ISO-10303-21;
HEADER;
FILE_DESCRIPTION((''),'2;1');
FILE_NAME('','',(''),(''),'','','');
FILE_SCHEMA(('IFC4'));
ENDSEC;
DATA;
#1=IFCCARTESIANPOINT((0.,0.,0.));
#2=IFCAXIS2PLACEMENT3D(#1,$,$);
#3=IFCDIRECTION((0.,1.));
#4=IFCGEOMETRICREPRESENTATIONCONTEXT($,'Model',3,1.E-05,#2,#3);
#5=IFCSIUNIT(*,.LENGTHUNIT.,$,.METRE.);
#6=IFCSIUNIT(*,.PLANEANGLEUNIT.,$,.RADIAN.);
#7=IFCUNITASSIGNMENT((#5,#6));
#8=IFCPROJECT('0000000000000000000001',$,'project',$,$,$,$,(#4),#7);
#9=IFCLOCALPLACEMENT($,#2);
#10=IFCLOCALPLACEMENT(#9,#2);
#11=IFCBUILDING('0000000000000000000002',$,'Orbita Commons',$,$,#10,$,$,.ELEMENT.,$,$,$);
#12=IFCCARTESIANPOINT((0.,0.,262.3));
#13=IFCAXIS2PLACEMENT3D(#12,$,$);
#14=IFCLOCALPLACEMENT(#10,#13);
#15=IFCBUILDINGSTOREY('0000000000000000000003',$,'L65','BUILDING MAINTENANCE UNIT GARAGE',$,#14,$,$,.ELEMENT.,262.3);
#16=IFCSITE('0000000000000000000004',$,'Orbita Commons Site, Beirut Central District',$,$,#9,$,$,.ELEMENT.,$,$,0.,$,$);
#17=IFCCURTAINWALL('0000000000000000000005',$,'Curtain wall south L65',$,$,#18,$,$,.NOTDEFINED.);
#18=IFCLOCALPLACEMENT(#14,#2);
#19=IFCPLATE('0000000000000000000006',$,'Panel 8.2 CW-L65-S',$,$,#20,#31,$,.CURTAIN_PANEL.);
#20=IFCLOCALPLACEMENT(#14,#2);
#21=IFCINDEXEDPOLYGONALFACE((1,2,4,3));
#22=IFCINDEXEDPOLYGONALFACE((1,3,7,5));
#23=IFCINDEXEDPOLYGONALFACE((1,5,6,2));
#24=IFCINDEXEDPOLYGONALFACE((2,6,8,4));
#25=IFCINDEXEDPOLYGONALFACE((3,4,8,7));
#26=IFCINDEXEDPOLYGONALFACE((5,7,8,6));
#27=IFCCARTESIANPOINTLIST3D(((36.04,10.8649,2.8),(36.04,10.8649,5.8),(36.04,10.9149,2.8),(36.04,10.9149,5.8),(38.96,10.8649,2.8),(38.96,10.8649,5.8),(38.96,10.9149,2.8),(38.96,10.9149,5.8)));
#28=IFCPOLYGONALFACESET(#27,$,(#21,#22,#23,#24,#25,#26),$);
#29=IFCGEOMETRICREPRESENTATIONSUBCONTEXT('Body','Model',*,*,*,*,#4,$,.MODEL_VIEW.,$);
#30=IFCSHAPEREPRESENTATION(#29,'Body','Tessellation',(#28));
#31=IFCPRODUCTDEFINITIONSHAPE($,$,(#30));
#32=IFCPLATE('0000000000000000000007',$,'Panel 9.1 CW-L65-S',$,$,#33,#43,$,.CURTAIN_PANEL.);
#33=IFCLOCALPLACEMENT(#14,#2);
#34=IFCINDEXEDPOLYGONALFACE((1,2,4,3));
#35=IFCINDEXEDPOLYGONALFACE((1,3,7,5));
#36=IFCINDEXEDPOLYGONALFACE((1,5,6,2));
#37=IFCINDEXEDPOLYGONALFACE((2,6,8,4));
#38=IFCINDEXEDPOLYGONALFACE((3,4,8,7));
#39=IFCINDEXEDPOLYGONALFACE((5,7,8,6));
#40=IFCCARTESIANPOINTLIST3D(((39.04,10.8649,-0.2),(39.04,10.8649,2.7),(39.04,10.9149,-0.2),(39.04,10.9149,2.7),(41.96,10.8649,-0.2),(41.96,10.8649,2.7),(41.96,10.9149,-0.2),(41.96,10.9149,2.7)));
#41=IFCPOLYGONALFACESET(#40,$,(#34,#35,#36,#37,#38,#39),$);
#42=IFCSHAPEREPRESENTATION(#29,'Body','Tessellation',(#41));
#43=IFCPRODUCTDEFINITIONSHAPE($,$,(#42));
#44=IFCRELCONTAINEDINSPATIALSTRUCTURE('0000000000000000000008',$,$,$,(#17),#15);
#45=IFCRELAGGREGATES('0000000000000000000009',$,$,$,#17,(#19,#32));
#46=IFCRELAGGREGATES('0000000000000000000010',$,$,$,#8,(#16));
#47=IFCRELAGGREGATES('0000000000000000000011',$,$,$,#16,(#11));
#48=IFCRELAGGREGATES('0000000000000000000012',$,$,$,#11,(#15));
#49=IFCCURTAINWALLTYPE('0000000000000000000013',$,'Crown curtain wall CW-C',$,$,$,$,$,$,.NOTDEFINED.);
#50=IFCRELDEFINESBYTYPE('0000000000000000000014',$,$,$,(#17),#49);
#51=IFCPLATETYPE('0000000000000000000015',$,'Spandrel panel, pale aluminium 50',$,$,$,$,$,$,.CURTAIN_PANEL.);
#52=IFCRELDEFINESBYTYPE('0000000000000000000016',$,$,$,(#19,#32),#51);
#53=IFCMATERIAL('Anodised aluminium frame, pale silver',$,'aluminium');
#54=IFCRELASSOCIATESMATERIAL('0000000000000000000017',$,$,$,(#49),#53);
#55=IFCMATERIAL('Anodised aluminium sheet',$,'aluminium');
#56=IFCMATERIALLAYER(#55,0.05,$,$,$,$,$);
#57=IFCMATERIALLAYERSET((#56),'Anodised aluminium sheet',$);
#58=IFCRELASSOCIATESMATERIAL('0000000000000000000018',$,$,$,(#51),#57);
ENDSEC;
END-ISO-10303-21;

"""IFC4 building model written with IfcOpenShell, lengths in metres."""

from ifc_helpers import new_model, si_unit, direction, frame, origin, origin_2d, place, context, subcontext, project, spatial, rectangle, extrude, material, layer, layer_set, type_object, element, aggregate, save


model = new_model("IFC4")

# Units and contexts
model_context = context("Model", 3, precision=1e-05, world=origin(), true_north=direction((0.0, 1.0)))
body_context = subcontext(model_context, "Body", "Model", "MODEL_VIEW")
ifc_project = project(units=[si_unit("LENGTHUNIT", "METRE"), si_unit("PLANEANGLEUNIT", "RADIAN")], contexts=[model_context])

# Site, building, storey
site_placement = place(None, origin())
site = spatial("IfcSite", under=ifc_project, at=site_placement, Name="Orbita Commons Site, Beirut Central District", CompositionType="ELEMENT", RefElevation=0.0)
building_placement = place(site_placement, origin())
building = spatial("IfcBuilding", under=site, at=building_placement, Name="Orbita Commons", CompositionType="ELEMENT")
storey_placement = place(building_placement, frame((0.0, 0.0, 262.3)))
storey = spatial("IfcBuildingStorey", under=building, at=storey_placement, Name="L65", Description="BUILDING MAINTENANCE UNIT GARAGE", CompositionType="ELEMENT", Elevation=262.3)

# Curtain wall, plates
ifc_material_1 = material(Name="Anodised aluminium frame, pale silver", Category="aluminium")
curtain_wall_type = type_object("IfcCurtainWallType", Name="Crown curtain wall CW-C", PredefinedType="NOTDEFINED", material=ifc_material_1)
curtain_wall_placement = place(storey_placement, origin())
curtain_wall = element("IfcCurtainWall", 1, at=curtain_wall_placement, inside=storey, type_object=curtain_wall_type, Name="Curtain wall south L65", PredefinedType="NOTDEFINED")
ifc_material_2 = material(Name="Anodised aluminium sheet", Category="aluminium")
ifc_layer = layer(ifc_material_2, 0.05)
ifc_layer_set = layer_set([ifc_layer], Name="Anodised aluminium sheet")
plate_type = type_object("IfcPlateType", Name="Spandrel panel, pale aluminium 50", PredefinedType="CURTAIN_PANEL", material=ifc_layer_set)
plate_1_placement = place(storey_placement, frame((37.5, 10.8899, 2.8), z_axis=(0.0, 0.0, 1.0), x_axis=(1.0, 0.0, 0.0)))
plate_1 = element("IfcPlate", 2, at=plate_1_placement, type_object=plate_type, Name="Panel 8.2 CW-L65-S", PredefinedType="CURTAIN_PANEL", context=body_context, shape_type="SweptSolid", body=[
    extrude(rectangle(XDim=2.9199, YDim=0.05, at=origin_2d()), origin(), (0.0, 0.0, 1.0), 3.0),
])
plate_2_placement = place(storey_placement, frame((40.5, 10.8899, -0.2), z_axis=(0.0, 0.0, 1.0), x_axis=(1.0, 0.0, 0.0)))
plate_2 = element("IfcPlate", 3, at=plate_2_placement, type_object=plate_type, Name="Panel 9.1 CW-L65-S", PredefinedType="CURTAIN_PANEL", context=body_context, shape_type="SweptSolid", body=[
    extrude(rectangle(XDim=2.9199, YDim=0.05, at=origin_2d()), origin(), (0.0, 0.0, 1.0), 2.8999),
])
aggregate(curtain_wall, [plate_1, plate_2])

save(model, "model.ifc")
